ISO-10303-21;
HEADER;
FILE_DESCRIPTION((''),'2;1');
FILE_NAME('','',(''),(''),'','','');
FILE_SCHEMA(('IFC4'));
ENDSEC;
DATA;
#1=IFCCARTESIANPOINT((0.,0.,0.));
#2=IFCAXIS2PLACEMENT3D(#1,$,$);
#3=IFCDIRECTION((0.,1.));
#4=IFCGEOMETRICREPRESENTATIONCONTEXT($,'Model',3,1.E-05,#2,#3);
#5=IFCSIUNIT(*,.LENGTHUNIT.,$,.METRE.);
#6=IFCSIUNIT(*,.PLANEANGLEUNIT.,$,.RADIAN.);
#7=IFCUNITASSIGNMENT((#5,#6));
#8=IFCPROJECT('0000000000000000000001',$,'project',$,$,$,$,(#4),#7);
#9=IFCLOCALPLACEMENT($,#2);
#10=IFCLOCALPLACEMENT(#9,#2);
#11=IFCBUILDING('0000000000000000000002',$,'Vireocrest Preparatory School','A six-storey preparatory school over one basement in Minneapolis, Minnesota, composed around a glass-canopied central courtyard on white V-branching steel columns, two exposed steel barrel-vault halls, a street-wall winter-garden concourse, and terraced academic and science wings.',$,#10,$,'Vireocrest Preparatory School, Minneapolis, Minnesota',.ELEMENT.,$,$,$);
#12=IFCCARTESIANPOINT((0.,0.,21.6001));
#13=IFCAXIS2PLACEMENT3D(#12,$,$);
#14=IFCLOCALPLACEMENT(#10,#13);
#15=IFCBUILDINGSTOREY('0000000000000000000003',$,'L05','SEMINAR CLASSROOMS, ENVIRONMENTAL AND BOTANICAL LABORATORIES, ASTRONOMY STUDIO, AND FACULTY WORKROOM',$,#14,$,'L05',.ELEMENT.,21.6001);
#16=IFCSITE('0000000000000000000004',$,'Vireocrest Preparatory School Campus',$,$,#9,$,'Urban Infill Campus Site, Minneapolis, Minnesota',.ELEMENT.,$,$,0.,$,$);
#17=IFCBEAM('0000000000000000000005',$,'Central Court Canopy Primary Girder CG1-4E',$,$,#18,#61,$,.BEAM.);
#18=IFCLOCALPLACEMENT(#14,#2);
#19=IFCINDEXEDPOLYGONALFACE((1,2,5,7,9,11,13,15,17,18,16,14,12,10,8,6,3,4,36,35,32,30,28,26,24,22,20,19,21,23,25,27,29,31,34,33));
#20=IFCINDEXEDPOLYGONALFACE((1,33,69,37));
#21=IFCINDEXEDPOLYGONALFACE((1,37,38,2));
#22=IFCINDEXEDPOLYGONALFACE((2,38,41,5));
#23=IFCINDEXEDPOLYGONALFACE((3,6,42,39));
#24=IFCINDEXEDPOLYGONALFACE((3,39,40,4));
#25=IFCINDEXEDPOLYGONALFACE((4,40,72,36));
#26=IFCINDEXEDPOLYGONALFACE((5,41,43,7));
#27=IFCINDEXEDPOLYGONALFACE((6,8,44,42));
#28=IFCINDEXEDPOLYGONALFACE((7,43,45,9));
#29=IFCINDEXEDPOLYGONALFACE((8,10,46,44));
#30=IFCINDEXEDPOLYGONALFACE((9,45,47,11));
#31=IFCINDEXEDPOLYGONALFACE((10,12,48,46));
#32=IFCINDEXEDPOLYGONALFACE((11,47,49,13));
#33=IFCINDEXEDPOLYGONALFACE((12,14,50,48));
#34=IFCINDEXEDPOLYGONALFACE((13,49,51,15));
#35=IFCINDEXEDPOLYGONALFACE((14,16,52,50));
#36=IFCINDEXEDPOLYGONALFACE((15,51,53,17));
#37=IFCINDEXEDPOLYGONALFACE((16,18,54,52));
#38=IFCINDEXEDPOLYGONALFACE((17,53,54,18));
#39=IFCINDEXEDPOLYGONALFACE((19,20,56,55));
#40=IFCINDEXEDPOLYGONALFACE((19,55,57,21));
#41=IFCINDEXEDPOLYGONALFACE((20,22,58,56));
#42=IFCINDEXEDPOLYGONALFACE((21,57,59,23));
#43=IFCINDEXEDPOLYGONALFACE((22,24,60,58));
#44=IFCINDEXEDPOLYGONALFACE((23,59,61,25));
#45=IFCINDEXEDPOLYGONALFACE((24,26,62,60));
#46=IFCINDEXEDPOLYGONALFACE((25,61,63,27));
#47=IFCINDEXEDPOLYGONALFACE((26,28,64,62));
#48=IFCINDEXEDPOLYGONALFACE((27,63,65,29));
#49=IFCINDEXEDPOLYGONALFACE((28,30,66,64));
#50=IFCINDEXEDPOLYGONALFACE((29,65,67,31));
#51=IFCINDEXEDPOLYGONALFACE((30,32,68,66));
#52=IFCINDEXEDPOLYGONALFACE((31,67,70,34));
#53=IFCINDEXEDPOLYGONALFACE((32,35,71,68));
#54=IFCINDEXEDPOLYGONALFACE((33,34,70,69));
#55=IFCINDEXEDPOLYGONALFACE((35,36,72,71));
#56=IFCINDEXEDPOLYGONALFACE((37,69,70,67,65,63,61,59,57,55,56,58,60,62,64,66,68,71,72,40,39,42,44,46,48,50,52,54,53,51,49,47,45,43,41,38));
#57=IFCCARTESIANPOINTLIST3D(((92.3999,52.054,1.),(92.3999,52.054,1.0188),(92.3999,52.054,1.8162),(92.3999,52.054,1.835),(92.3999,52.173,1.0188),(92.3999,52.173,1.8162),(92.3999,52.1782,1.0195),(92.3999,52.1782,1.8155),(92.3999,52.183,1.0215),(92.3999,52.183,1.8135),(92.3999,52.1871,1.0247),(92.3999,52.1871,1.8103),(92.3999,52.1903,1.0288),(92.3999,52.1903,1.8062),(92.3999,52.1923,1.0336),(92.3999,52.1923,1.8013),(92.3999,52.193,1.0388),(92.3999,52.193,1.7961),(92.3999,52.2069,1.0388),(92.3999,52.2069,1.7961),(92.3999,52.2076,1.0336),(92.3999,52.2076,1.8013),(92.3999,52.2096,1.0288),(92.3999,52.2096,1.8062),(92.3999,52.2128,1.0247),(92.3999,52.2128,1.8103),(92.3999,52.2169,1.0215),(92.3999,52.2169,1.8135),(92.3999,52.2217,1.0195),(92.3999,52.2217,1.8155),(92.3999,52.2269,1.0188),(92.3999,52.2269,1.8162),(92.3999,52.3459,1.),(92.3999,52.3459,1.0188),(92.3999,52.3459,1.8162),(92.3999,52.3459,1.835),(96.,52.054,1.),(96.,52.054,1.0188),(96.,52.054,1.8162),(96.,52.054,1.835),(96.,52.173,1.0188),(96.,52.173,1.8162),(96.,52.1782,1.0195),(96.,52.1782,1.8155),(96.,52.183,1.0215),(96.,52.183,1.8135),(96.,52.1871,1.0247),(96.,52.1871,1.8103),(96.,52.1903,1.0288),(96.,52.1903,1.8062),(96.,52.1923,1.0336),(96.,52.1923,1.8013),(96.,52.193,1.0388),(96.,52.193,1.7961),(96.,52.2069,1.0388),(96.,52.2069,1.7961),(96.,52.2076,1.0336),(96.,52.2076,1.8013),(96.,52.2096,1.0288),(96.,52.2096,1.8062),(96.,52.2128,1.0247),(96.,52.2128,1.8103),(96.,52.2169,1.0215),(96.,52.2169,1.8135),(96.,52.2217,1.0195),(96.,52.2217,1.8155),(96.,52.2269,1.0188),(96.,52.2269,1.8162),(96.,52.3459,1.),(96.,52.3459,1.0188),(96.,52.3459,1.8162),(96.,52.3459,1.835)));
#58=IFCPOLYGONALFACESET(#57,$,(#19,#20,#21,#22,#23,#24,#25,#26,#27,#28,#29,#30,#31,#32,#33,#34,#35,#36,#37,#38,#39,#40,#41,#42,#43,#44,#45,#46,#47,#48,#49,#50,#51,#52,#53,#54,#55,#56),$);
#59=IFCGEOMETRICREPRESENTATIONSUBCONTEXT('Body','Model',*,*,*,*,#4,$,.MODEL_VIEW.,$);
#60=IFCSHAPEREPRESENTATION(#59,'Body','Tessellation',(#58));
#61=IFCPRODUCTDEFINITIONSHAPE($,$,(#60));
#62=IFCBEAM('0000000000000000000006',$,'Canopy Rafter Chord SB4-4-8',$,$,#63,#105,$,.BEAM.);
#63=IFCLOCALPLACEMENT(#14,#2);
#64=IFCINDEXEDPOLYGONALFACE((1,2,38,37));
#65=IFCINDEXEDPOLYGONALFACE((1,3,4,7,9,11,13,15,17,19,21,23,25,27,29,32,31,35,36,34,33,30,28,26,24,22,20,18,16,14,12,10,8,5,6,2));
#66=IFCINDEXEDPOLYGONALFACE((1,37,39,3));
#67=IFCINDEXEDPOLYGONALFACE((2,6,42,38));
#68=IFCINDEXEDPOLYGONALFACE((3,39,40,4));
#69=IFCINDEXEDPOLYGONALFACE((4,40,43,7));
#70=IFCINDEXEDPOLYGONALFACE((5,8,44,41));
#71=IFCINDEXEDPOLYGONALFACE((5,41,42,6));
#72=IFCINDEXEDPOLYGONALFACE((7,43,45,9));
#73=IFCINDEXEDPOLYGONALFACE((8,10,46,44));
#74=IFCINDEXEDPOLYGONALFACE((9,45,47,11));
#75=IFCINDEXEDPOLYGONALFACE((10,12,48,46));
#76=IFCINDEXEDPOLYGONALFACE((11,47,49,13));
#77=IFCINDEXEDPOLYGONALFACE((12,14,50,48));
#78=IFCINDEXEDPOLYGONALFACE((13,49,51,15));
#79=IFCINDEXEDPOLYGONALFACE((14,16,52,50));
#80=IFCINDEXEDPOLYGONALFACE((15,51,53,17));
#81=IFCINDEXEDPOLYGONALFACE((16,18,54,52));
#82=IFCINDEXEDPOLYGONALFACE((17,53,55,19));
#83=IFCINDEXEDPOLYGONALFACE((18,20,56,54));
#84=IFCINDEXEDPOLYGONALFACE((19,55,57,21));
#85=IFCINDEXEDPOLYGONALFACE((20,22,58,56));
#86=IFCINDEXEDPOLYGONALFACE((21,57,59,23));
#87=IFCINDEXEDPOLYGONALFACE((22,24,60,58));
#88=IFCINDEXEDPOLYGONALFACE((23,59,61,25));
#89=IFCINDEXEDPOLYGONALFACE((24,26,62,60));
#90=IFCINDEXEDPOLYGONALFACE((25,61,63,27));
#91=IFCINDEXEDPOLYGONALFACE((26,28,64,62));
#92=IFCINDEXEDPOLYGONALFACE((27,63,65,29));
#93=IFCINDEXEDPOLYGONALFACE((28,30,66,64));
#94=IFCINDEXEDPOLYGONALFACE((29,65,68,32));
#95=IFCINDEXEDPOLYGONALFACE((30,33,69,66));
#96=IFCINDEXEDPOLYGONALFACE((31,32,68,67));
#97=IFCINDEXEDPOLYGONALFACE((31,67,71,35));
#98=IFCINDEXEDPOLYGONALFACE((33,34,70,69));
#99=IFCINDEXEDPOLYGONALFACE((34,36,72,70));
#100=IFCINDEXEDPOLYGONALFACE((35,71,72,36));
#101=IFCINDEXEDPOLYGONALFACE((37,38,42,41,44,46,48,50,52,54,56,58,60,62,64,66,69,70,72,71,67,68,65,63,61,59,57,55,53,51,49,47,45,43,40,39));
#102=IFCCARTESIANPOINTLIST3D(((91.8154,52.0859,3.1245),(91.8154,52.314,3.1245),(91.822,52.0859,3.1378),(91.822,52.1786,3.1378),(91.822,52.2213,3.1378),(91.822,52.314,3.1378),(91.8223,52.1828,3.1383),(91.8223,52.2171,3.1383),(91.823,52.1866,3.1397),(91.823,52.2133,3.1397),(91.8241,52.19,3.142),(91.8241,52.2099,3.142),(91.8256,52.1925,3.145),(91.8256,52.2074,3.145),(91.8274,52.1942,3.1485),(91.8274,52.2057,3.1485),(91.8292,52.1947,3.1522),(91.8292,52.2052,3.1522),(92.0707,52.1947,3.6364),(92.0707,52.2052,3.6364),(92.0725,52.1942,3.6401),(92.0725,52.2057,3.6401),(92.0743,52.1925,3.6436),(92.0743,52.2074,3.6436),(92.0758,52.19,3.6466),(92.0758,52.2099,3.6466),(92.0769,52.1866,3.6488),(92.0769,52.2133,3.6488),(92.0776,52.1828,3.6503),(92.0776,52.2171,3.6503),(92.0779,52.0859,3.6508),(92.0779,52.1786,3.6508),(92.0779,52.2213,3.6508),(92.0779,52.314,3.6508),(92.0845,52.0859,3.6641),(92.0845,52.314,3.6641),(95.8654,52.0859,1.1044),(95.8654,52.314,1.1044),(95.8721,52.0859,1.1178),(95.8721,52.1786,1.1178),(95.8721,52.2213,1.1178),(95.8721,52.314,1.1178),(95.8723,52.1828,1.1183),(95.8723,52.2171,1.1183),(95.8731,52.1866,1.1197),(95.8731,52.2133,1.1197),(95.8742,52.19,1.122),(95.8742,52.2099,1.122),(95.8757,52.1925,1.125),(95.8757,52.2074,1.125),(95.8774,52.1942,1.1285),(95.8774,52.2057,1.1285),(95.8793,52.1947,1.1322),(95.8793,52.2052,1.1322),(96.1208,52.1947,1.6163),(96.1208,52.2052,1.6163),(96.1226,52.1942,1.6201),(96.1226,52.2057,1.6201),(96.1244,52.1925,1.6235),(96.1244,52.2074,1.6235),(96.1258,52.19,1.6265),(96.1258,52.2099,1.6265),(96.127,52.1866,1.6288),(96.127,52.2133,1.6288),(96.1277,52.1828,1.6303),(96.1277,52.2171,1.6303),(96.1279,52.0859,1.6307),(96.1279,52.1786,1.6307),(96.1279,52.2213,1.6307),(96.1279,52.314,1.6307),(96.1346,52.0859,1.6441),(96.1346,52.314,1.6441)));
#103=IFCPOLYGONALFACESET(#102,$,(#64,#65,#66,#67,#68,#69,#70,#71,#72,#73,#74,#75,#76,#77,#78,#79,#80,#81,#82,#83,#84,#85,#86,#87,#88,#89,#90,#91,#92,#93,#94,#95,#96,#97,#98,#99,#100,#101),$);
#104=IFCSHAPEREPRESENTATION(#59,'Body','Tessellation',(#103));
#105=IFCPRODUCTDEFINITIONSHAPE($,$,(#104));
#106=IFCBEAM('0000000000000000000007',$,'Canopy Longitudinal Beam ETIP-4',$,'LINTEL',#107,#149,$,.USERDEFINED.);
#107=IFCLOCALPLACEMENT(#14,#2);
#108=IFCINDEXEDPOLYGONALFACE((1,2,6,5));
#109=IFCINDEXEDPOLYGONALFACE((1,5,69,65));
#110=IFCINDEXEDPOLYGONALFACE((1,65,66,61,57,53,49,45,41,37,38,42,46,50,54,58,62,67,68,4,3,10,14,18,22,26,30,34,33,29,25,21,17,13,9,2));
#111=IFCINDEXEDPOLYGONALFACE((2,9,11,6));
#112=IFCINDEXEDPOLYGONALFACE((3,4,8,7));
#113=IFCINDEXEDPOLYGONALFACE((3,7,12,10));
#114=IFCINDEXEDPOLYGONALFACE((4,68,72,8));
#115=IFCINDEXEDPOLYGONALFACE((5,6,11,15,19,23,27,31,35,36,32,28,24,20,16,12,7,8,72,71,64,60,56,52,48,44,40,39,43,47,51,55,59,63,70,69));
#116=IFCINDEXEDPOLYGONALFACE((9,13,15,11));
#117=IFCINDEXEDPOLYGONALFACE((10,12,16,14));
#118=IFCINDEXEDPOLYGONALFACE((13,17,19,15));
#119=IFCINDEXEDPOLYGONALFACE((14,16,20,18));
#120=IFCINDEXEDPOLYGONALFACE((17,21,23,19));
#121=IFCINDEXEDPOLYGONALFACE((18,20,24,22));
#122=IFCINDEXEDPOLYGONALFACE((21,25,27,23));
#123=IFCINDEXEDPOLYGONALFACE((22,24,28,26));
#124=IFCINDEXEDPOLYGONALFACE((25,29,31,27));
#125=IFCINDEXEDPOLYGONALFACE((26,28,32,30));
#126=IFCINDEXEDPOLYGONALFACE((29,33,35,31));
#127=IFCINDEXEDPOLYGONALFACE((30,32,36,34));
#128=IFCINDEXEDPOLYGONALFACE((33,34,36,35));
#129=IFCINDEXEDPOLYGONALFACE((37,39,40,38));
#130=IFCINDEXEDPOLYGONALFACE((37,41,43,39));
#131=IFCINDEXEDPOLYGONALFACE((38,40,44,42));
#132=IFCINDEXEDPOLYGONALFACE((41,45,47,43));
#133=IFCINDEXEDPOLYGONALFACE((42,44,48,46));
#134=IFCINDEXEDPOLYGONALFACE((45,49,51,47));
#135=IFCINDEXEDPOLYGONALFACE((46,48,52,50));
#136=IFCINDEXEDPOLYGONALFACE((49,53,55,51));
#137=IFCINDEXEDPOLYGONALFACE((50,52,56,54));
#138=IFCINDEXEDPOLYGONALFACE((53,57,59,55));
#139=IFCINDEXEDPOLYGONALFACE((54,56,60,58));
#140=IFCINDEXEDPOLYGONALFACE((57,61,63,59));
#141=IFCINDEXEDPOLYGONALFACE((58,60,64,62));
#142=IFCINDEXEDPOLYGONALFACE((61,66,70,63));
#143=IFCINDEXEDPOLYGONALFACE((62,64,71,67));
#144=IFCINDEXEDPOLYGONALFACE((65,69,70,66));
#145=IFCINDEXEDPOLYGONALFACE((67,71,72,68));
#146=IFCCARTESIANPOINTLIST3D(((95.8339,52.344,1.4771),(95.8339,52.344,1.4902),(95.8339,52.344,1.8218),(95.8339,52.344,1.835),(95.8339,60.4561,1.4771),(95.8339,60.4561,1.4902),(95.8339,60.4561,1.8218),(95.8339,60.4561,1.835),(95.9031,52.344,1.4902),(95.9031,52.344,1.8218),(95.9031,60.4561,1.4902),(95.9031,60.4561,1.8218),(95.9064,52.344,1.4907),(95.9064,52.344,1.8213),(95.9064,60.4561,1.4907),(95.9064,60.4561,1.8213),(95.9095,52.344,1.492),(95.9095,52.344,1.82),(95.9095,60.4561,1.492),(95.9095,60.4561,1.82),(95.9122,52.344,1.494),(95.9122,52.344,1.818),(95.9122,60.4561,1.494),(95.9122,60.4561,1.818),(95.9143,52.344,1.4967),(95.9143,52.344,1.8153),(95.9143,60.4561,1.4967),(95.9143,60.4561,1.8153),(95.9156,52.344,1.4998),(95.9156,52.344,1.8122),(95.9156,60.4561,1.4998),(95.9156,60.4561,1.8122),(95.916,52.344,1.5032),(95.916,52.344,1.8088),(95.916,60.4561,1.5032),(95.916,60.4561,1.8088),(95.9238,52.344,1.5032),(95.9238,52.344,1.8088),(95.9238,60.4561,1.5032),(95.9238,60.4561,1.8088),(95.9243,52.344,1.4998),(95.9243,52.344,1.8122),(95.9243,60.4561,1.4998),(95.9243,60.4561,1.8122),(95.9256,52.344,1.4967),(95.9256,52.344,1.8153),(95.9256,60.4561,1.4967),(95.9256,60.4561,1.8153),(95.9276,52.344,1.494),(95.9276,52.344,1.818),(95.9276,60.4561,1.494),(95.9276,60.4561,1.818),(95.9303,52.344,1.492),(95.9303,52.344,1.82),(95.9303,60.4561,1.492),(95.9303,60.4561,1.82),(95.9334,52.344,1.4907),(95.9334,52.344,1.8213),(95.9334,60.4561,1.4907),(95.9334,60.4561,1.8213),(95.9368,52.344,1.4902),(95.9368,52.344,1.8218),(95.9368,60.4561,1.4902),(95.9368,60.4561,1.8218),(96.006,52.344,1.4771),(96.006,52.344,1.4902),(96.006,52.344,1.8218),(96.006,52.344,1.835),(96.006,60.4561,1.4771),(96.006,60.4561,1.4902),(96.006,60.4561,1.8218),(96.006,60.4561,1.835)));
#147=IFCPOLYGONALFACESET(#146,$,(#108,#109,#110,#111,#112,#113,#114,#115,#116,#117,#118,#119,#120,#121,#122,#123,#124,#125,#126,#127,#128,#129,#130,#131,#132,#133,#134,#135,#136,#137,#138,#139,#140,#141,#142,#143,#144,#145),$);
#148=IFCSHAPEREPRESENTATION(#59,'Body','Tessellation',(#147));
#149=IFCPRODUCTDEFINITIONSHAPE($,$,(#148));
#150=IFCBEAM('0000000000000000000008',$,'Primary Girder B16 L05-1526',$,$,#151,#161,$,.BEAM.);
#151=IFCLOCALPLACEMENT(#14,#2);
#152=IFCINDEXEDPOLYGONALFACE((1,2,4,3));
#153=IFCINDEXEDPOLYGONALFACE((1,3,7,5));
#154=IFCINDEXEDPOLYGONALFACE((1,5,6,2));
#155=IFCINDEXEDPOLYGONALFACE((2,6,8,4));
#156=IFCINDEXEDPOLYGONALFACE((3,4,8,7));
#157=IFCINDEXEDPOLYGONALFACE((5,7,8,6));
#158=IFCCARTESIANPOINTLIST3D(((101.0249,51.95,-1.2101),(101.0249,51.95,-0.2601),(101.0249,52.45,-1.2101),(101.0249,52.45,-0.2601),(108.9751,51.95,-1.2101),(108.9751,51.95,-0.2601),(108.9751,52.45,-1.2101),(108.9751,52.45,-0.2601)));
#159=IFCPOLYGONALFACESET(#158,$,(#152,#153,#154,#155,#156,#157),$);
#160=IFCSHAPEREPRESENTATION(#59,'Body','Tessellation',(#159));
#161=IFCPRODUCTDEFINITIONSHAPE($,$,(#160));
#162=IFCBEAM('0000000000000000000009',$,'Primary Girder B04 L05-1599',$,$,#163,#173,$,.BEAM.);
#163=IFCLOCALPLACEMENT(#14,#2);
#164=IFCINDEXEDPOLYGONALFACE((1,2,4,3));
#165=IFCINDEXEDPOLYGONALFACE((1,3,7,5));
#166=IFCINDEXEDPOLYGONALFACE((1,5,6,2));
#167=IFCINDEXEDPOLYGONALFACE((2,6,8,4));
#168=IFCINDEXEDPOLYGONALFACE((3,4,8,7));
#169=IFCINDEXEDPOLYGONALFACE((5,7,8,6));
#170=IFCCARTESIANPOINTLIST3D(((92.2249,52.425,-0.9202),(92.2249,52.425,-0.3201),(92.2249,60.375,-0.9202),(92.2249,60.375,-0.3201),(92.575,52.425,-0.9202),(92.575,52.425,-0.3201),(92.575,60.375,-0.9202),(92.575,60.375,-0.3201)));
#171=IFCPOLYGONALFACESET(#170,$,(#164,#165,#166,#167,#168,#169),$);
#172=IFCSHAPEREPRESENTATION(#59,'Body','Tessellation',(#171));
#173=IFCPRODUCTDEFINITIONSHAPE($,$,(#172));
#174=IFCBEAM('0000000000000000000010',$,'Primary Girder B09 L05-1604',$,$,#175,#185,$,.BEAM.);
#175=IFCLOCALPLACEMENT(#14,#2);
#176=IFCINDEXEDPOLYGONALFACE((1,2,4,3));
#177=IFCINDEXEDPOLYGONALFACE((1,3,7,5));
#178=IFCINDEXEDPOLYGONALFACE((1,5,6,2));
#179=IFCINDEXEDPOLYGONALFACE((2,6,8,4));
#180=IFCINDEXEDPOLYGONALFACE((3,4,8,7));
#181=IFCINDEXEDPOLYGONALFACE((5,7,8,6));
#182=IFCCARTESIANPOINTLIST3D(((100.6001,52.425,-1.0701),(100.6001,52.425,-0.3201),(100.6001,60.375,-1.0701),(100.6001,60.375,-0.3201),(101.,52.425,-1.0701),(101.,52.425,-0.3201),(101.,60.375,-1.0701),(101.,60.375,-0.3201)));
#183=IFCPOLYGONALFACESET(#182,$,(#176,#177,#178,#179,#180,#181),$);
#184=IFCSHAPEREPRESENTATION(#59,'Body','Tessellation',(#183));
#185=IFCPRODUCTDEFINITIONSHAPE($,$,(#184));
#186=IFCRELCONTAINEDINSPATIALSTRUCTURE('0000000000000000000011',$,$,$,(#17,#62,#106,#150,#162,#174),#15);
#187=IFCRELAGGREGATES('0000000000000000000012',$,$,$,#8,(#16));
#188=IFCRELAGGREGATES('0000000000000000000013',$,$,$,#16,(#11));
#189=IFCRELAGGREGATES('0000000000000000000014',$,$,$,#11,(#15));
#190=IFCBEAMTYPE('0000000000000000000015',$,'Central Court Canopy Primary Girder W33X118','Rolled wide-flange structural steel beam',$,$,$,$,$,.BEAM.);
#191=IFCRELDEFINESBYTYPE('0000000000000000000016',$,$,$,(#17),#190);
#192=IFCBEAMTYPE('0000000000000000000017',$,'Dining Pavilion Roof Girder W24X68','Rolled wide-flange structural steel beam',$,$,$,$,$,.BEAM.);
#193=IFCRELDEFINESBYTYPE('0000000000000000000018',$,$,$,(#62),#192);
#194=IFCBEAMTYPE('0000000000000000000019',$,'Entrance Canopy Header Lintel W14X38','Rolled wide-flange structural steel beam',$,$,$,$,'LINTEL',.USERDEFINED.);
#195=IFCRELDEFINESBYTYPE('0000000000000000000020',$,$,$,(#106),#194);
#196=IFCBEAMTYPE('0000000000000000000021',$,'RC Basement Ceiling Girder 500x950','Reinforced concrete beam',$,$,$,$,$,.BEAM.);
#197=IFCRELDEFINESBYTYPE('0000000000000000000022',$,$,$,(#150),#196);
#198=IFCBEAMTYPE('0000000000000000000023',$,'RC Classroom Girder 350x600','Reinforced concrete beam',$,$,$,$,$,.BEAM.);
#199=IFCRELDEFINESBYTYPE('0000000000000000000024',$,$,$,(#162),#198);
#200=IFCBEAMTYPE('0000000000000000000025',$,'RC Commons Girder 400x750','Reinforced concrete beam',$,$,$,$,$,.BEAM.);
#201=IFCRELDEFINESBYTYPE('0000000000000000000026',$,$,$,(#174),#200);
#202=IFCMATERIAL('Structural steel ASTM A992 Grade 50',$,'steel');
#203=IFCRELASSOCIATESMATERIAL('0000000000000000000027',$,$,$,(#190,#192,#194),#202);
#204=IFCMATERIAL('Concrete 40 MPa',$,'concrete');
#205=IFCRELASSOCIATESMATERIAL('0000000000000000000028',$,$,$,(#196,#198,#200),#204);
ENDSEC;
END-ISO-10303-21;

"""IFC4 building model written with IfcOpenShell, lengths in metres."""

from ifc_helpers import new_model, si_unit, direction, frame, origin, origin_2d, place, context, subcontext, project, spatial, rectangle, i_section, extrude, material, material_profile, profile_set, type_object, element, save


model = new_model("IFC4")

# Units and contexts
model_context = context("Model", 3, precision=1e-05, world=origin(), true_north=direction((0.0, 1.0)))
body_context = subcontext(model_context, "Body", "Model", "MODEL_VIEW")
ifc_project = project(units=[si_unit("LENGTHUNIT", "METRE"), si_unit("PLANEANGLEUNIT", "RADIAN")], contexts=[model_context])

# Site, building, storey
site_placement = place(None, origin())
site = spatial("IfcSite", under=ifc_project, at=site_placement, Name="Vireocrest Preparatory School Campus", LongName="Urban Infill Campus Site, Minneapolis, Minnesota", CompositionType="ELEMENT", RefElevation=0.0)
building_placement = place(site_placement, origin())
building = spatial("IfcBuilding", under=site, at=building_placement, Name="Vireocrest Preparatory School", Description="A six-storey preparatory school over one basement in Minneapolis, Minnesota, composed around a glass-canopied central courtyard on white V-branching steel columns, two exposed steel barrel-vault halls, a street-wall winter-garden concourse, and terraced academic and science wings.", LongName="Vireocrest Preparatory School, Minneapolis, Minnesota", CompositionType="ELEMENT")
storey_placement = place(building_placement, frame((0.0, 0.0, 21.6001)))
storey = spatial("IfcBuildingStorey", under=building, at=storey_placement, Name="L05", Description="SEMINAR CLASSROOMS, ENVIRONMENTAL AND BOTANICAL LABORATORIES, ASTRONOMY STUDIO, AND FACULTY WORKROOM", LongName="L05", CompositionType="ELEMENT", Elevation=21.6001)

# Shared definitions
ifc_material_1 = material(Name="Structural steel ASTM A992 Grade 50", Category="steel")

# Beams
ifc_material_profile_1 = material_profile(ifc_material_1, i_section(OverallWidth=0.292, OverallDepth=0.835, WebThickness=0.0139, FlangeThickness=0.0188, FilletRadius=0.02, at=origin_2d()), Name="W33X118")
ifc_profile_set_1 = profile_set([ifc_material_profile_1], Name="Structural steel ASTM A992 Grade 50")
beam_type_1 = type_object("IfcBeamType", Name="Central Court Canopy Primary Girder W33X118", Description="Rolled wide-flange structural steel beam", PredefinedType="BEAM", material=ifc_profile_set_1)
beam_1_placement = place(storey_placement, frame((92.3999, 52.2, 1.4175), z_axis=(1.0, 0.0, 0.0), x_axis=(0.0, 1.0, 0.0)))
element("IfcBeam", 1, at=beam_1_placement, inside=storey, type_object=beam_type_1, Name="Central Court Canopy Primary Girder CG1-4E", PredefinedType="BEAM", context=body_context, shape_type="SweptSolid", body=[
    extrude(i_section(OverallWidth=0.292, OverallDepth=0.835, WebThickness=0.0139, FlangeThickness=0.0188, FilletRadius=0.02, at=origin_2d()), origin(), (0.0, 0.0, 1.0), 3.6001),
])
ifc_material_profile_2 = material_profile(ifc_material_1, i_section(OverallWidth=0.228, OverallDepth=0.603, WebThickness=0.0105, FlangeThickness=0.0149, FilletRadius=0.0161, at=origin_2d()), Name="W24X68")
ifc_profile_set_2 = profile_set([ifc_material_profile_2], Name="Structural steel ASTM A992 Grade 50")
beam_type_2 = type_object("IfcBeamType", Name="Dining Pavilion Roof Girder W24X68", Description="Rolled wide-flange structural steel beam", PredefinedType="BEAM", material=ifc_profile_set_2)
beam_2_placement = place(storey_placement, frame((91.95, 52.2, 3.3943), z_axis=(0.894869, 0.0, -0.446329), x_axis=(0.0, 1.0, 0.0)))
element("IfcBeam", 2, at=beam_2_placement, inside=storey, type_object=beam_type_2, Name="Canopy Rafter Chord SB4-4-8", PredefinedType="BEAM", context=body_context, shape_type="SweptSolid", body=[
    extrude(i_section(OverallWidth=0.228, OverallDepth=0.603, WebThickness=0.0105, FlangeThickness=0.0149, FilletRadius=0.0161, at=origin_2d()), origin(), (0.0, 0.0, 1.0), 4.5259),
])
ifc_material_profile_3 = material_profile(ifc_material_1, i_section(OverallWidth=0.1721, OverallDepth=0.3579, WebThickness=0.0078, FlangeThickness=0.0132, FilletRadius=0.0129, at=origin_2d()), Name="W14X38")
ifc_profile_set_3 = profile_set([ifc_material_profile_3], Name="Structural steel ASTM A992 Grade 50")
beam_type_3 = type_object("IfcBeamType", Name="Entrance Canopy Header Lintel W14X38", Description="Rolled wide-flange structural steel beam", ElementType="LINTEL", PredefinedType="USERDEFINED", material=ifc_profile_set_3)
beam_3_placement = place(storey_placement, frame((95.9199, 52.344, 1.656), z_axis=(0.0, 1.0, 0.0), x_axis=(-1.0, 0.0, 0.0)))
element("IfcBeam", 3, at=beam_3_placement, inside=storey, type_object=beam_type_3, Name="Canopy Longitudinal Beam ETIP-4", ObjectType="LINTEL", PredefinedType="USERDEFINED", context=body_context, shape_type="SweptSolid", body=[
    extrude(i_section(OverallWidth=0.1721, OverallDepth=0.3579, WebThickness=0.0078, FlangeThickness=0.0132, FilletRadius=0.0129, at=origin_2d()), origin(), (0.0, 0.0, 1.0), 8.1121),
])
ifc_material_2 = material(Name="Concrete 40 MPa", Category="concrete")
ifc_material_profile_4 = material_profile(ifc_material_2, rectangle(XDim=0.5, YDim=0.95, at=origin_2d()), Name="RC 500x950")
ifc_profile_set_4 = profile_set([ifc_material_profile_4], Name="Concrete 40 MPa")
beam_type_4 = type_object("IfcBeamType", Name="RC Basement Ceiling Girder 500x950", Description="Reinforced concrete beam", PredefinedType="BEAM", material=ifc_profile_set_4)
beam_4_placement = place(storey_placement, frame((101.0249, 52.2, -0.7351), z_axis=(1.0, 0.0, 0.0), x_axis=(0.0, 1.0, 0.0)))
element("IfcBeam", 4, at=beam_4_placement, inside=storey, type_object=beam_type_4, Name="Primary Girder B16 L05-1526", PredefinedType="BEAM", context=body_context, shape_type="SweptSolid", body=[
    extrude(rectangle(XDim=0.5, YDim=0.95, at=origin_2d()), origin(), (0.0, 0.0, 1.0), 7.9502),
])
ifc_material_profile_5 = material_profile(ifc_material_2, rectangle(XDim=0.3501, YDim=0.6001, at=origin_2d()), Name="RC 350x600")
ifc_profile_set_5 = profile_set([ifc_material_profile_5], Name="Concrete 40 MPa")
beam_type_5 = type_object("IfcBeamType", Name="RC Classroom Girder 350x600", Description="Reinforced concrete beam", PredefinedType="BEAM", material=ifc_profile_set_5)
beam_5_placement = place(storey_placement, frame((92.3999, 52.425, -0.6201), z_axis=(0.0, 1.0, 0.0), x_axis=(-1.0, 0.0, 0.0)))
element("IfcBeam", 5, at=beam_5_placement, inside=storey, type_object=beam_type_5, Name="Primary Girder B04 L05-1599", PredefinedType="BEAM", context=body_context, shape_type="SweptSolid", body=[
    extrude(rectangle(XDim=0.3501, YDim=0.6001, at=origin_2d()), origin(), (0.0, 0.0, 1.0), 7.95),
])
ifc_material_profile_6 = material_profile(ifc_material_2, rectangle(XDim=0.3999, YDim=0.75, at=origin_2d()), Name="RC 400x750")
ifc_profile_set_6 = profile_set([ifc_material_profile_6], Name="Concrete 40 MPa")
beam_type_6 = type_object("IfcBeamType", Name="RC Commons Girder 400x750", Description="Reinforced concrete beam", PredefinedType="BEAM", material=ifc_profile_set_6)
beam_6_placement = place(storey_placement, frame((100.8, 52.425, -0.6951), z_axis=(0.0, 1.0, 0.0), x_axis=(-1.0, 0.0, 0.0)))
element("IfcBeam", 6, at=beam_6_placement, inside=storey, type_object=beam_type_6, Name="Primary Girder B09 L05-1604", PredefinedType="BEAM", context=body_context, shape_type="SweptSolid", body=[
    extrude(rectangle(XDim=0.3999, YDim=0.75, at=origin_2d()), origin(), (0.0, 0.0, 1.0), 7.95),
])

save(model, "model.ifc")
